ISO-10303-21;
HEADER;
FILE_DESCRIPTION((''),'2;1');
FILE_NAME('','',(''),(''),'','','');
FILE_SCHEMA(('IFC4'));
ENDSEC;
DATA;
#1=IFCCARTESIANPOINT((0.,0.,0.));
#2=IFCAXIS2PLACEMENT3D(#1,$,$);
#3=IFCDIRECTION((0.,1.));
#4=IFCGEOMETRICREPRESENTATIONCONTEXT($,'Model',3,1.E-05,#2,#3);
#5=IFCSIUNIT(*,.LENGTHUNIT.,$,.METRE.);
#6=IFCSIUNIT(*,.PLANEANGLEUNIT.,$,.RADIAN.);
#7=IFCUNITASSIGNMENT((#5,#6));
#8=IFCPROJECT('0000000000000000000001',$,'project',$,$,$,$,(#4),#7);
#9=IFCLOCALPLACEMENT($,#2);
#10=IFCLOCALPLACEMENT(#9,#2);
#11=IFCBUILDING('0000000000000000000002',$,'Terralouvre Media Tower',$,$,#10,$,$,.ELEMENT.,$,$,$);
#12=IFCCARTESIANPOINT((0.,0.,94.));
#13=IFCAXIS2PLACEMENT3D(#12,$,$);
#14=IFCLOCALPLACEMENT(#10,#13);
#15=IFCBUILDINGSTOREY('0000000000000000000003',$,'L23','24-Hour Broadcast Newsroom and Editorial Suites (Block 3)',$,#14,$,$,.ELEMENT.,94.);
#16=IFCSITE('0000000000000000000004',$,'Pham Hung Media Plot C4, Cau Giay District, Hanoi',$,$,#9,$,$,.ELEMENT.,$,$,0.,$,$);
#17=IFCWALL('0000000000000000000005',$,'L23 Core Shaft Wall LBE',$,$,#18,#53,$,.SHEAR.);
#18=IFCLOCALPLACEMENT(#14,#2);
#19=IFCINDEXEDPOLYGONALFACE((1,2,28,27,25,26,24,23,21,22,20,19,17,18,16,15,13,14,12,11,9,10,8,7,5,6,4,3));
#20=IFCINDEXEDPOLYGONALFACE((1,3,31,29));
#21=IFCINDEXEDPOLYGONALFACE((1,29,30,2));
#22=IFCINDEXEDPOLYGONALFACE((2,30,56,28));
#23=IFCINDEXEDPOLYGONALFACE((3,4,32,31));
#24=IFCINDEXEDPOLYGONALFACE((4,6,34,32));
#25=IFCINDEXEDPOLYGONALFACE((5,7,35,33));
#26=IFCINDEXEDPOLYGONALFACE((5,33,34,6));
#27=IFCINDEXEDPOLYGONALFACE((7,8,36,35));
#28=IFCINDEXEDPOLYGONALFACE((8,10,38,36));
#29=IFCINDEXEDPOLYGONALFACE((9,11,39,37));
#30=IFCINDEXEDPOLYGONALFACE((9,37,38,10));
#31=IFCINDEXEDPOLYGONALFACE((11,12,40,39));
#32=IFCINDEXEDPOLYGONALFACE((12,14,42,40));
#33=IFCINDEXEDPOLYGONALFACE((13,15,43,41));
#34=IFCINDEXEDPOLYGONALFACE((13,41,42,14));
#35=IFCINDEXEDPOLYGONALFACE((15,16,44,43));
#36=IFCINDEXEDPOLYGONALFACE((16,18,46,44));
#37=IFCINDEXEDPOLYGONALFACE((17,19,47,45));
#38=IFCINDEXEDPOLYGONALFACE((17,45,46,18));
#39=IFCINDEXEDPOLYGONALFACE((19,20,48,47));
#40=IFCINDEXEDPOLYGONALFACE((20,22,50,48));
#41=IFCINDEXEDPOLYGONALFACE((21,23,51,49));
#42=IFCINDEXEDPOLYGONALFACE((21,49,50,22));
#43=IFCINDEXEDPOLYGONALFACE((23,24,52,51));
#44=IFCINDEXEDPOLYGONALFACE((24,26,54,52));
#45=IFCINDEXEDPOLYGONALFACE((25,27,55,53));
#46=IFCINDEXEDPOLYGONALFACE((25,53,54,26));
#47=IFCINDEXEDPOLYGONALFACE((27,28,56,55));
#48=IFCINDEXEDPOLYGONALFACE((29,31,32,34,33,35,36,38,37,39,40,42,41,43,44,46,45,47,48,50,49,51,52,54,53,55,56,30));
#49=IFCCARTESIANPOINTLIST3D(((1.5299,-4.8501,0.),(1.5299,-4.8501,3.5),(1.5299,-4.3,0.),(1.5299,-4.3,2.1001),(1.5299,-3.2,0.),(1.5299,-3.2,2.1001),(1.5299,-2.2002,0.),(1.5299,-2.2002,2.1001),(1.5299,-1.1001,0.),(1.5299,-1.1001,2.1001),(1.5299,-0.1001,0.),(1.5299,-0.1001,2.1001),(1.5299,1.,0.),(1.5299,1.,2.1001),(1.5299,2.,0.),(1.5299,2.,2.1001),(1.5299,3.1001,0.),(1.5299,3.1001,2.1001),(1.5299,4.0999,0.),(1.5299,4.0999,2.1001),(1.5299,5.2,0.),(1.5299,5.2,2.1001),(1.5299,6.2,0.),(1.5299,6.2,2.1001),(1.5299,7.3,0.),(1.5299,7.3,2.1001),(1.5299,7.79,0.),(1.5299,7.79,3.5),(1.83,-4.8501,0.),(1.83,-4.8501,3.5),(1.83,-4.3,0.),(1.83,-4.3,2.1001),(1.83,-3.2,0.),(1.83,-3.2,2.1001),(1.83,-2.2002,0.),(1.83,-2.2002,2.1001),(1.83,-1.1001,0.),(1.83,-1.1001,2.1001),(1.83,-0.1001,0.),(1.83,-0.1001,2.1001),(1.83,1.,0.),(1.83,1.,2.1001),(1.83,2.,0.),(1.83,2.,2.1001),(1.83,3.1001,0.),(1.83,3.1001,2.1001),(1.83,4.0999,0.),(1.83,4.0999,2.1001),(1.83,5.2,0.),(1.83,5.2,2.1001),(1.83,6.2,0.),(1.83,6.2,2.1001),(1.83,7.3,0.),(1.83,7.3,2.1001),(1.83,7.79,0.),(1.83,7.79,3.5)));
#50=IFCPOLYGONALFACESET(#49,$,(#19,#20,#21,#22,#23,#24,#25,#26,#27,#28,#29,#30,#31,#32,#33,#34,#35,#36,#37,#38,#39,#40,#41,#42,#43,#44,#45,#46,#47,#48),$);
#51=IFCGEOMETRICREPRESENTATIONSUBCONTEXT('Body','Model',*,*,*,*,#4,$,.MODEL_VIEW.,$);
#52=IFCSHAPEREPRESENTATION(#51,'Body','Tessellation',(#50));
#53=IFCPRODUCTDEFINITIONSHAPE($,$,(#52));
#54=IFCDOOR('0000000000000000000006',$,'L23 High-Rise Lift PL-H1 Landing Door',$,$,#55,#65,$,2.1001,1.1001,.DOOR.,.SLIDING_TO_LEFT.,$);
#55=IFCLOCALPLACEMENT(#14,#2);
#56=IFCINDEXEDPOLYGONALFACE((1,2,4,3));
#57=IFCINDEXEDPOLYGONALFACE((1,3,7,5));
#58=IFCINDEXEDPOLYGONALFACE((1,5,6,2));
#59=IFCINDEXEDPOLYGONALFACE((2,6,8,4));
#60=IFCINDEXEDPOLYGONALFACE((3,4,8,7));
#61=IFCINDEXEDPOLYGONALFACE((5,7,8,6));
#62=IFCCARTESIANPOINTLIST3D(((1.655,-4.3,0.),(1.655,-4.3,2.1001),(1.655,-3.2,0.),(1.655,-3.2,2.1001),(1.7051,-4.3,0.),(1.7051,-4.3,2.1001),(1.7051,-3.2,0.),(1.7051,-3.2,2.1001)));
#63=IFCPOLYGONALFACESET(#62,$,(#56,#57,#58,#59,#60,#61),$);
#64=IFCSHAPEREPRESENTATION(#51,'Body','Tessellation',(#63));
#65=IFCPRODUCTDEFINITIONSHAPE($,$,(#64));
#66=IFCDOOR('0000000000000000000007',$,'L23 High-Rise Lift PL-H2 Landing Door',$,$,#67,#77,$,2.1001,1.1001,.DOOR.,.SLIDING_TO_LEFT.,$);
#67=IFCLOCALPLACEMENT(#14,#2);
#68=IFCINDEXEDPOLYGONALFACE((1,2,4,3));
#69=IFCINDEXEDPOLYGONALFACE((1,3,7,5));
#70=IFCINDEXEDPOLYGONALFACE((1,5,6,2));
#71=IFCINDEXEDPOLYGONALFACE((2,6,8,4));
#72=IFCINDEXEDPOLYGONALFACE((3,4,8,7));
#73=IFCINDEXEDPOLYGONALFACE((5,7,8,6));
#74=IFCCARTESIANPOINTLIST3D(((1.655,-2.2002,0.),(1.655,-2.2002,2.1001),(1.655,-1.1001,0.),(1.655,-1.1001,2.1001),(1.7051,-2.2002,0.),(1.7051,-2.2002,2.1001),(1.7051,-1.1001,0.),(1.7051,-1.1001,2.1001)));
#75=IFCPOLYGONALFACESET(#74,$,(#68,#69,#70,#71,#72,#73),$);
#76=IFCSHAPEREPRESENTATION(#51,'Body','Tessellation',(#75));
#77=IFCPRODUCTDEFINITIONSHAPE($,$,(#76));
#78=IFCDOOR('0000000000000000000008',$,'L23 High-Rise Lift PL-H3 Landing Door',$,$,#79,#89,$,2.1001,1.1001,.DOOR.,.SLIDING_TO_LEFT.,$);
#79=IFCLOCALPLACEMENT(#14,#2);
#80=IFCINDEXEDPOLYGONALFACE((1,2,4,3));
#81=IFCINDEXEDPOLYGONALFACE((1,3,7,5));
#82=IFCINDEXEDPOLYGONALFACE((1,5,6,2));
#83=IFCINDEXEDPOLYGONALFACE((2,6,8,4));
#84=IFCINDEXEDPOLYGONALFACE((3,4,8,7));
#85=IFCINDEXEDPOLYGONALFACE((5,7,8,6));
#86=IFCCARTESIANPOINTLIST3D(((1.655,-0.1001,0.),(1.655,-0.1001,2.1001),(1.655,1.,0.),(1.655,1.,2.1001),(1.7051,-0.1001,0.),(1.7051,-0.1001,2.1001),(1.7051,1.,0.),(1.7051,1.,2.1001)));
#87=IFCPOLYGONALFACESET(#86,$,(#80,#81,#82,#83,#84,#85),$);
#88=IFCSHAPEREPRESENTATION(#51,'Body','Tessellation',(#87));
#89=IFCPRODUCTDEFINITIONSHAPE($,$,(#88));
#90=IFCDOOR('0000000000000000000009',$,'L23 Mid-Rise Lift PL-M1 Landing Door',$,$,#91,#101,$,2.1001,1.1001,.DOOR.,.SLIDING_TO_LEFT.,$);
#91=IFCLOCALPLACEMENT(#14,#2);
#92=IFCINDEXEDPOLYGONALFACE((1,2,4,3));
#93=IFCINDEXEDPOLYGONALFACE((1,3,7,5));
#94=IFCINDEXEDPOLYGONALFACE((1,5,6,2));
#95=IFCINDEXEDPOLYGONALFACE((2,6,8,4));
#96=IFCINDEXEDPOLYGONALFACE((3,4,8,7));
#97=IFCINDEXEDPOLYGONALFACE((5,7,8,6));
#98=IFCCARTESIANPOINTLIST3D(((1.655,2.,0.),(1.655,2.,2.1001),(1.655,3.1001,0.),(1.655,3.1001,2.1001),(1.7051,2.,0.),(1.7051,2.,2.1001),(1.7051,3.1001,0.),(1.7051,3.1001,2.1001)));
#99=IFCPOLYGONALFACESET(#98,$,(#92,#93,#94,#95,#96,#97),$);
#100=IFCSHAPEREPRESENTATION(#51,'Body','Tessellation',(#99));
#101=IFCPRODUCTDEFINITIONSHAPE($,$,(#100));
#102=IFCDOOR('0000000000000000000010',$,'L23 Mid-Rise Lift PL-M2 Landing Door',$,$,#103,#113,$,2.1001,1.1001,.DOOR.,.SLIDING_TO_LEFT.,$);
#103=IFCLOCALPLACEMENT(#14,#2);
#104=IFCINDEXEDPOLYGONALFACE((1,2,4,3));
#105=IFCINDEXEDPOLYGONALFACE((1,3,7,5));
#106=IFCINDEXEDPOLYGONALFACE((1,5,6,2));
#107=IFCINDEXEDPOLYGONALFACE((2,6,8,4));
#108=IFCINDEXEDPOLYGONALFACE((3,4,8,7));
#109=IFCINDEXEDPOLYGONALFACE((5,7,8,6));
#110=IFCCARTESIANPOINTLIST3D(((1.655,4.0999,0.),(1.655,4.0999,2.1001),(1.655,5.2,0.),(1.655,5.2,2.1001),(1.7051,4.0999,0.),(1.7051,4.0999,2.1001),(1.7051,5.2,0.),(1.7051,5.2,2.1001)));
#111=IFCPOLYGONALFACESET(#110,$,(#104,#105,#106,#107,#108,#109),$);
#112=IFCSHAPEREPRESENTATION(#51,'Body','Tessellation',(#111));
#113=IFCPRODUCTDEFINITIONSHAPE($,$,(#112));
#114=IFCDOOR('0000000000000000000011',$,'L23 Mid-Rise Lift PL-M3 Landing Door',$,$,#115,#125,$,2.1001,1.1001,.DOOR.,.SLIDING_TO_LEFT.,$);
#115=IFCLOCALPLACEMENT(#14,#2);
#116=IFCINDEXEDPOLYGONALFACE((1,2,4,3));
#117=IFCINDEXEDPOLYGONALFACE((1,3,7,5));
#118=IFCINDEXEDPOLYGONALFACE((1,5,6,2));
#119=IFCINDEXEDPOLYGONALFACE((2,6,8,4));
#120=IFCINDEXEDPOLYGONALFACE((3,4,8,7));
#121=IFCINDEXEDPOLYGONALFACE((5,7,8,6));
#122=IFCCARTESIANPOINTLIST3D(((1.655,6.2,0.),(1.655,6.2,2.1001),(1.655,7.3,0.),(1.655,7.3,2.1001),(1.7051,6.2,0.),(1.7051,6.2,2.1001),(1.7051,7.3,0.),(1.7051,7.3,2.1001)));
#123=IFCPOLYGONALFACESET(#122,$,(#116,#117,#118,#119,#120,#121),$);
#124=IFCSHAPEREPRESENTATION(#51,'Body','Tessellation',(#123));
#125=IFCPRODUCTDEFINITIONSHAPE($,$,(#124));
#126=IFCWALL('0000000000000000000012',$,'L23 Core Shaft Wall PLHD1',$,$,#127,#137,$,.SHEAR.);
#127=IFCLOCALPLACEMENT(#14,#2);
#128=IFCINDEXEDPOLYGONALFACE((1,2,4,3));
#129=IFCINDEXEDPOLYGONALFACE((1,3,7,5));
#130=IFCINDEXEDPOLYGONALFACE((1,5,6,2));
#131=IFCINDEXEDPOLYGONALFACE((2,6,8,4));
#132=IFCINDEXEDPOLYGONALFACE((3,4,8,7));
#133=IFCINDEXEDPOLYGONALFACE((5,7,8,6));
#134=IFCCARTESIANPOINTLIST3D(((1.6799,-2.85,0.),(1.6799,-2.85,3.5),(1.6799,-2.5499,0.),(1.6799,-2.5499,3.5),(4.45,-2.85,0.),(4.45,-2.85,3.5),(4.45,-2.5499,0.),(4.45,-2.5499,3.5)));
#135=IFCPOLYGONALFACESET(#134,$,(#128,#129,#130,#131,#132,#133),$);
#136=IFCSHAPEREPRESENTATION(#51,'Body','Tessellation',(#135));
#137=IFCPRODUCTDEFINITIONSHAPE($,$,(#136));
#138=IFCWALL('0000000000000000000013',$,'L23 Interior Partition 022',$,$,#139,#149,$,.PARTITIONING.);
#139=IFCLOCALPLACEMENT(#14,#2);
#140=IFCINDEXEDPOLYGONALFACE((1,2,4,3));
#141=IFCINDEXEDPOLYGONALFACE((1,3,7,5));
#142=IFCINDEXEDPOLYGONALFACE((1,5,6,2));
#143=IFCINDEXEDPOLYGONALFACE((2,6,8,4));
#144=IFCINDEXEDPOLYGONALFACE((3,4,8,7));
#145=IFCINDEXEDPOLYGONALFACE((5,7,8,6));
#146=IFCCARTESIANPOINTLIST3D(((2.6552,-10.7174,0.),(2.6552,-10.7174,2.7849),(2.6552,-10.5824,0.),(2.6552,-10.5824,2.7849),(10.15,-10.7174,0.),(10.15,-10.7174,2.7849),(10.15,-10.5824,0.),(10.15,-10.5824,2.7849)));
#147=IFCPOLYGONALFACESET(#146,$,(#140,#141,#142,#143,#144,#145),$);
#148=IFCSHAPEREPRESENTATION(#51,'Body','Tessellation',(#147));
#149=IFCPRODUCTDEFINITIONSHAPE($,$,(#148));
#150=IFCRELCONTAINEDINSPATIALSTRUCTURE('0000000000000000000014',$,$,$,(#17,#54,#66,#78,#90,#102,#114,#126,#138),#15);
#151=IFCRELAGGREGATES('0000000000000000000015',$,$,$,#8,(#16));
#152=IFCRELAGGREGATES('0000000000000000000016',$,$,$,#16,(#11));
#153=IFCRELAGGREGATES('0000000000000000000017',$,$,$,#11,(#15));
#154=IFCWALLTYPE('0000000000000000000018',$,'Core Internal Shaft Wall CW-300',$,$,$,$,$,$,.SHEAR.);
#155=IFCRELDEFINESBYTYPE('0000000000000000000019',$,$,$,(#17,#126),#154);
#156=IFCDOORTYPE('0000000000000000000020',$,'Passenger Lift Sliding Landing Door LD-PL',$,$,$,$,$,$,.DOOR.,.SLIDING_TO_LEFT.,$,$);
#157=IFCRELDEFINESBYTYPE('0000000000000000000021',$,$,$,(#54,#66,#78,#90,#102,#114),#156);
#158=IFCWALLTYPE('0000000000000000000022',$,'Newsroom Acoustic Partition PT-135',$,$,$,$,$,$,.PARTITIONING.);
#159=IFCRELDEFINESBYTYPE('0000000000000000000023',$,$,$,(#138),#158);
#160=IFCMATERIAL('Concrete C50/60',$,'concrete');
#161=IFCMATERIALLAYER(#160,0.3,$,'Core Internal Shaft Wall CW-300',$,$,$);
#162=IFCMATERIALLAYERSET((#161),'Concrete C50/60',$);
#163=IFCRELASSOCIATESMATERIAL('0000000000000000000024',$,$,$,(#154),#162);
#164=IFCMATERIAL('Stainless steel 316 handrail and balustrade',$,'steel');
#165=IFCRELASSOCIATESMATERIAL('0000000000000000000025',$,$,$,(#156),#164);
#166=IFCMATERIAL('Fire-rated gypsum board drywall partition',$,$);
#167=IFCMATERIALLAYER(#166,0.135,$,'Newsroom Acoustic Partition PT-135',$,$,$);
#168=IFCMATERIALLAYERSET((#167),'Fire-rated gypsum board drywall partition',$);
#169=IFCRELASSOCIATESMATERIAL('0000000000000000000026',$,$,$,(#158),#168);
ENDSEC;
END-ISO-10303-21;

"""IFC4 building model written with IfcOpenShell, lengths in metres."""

from ifc_helpers import new_model, si_unit, direction, frame, frame_2d, origin, place, context, subcontext, project, spatial, rectangle, extrude, material, layer, layer_set, type_object, element, fill, save


model = new_model("IFC4")

# Units and contexts
model_context = context("Model", 3, precision=1e-05, world=origin(), true_north=direction((0.0, 1.0)))
body_context = subcontext(model_context, "Body", "Model", "MODEL_VIEW")
ifc_project = project(units=[si_unit("LENGTHUNIT", "METRE"), si_unit("PLANEANGLEUNIT", "RADIAN")], contexts=[model_context])

# Site, building, storey
site_placement = place(None, origin())
site = spatial("IfcSite", under=ifc_project, at=site_placement, Name="Pham Hung Media Plot C4, Cau Giay District, Hanoi", CompositionType="ELEMENT", RefElevation=0.0)
building_placement = place(site_placement, origin())
building = spatial("IfcBuilding", under=site, at=building_placement, Name="Terralouvre Media Tower", CompositionType="ELEMENT")
storey_placement = place(building_placement, frame((0.0, 0.0, 94.0)))
storey = spatial("IfcBuildingStorey", under=building, at=storey_placement, Name="L23", Description="24-Hour Broadcast Newsroom and Editorial Suites (Block 3)", CompositionType="ELEMENT", Elevation=94.0)

# Shared definitions
ifc_material_1 = material(Name="Concrete C50/60", Category="concrete")
ifc_layer_1 = layer(ifc_material_1, 0.3, Name="Core Internal Shaft Wall CW-300")
ifc_layer_set_1 = layer_set([ifc_layer_1], Name="Concrete C50/60")
wall_type_1 = type_object("IfcWallType", Name="Core Internal Shaft Wall CW-300", PredefinedType="SHEAR", material=ifc_layer_set_1)

# Wall, openings, doors
ifc_material_2 = material(Name="Stainless steel 316 handrail and balustrade", Category="steel")
door_type_1 = type_object("IfcDoorType", Name="Passenger Lift Sliding Landing Door LD-PL", OperationType="SLIDING_TO_LEFT", PredefinedType="DOOR", material=ifc_material_2)
wall_1_placement = place(storey_placement, frame((1.6799, -4.8501, 0.0), z_axis=(0.0, 0.0, 1.0), x_axis=(0.0, 1.0, 0.0)))
wall_1 = element("IfcWall", 1, at=wall_1_placement, inside=storey, type_object=wall_type_1, Name="L23 Core Shaft Wall LBE", PredefinedType="SHEAR", context=body_context, shape_type="SweptSolid", body=[
    extrude(rectangle(XDim=12.6401, YDim=0.3, at=frame_2d((6.3201, 0.0))), origin(), (0.0, 0.0, 1.0), 3.5),
])
opening_1_placement = place(wall_1_placement, frame((0.55, 0.0, 0.0)))
opening_1 = element("IfcOpeningElement", 2, at=opening_1_placement, cuts=wall_1, PredefinedType="OPENING", context=body_context, shape_type="SweptSolid", body=[
    extrude(rectangle(XDim=1.1001, YDim=2.1001, at=frame_2d((0.55, 1.05))), frame((0.0, 0.1599, 0.0), z_axis=(0.0, -1.0, 0.0), x_axis=(1.0, 0.0, 0.0)), (0.0, 0.0, 1.0), 0.3201),
])
opening_2_placement = place(wall_1_placement, frame((2.6499, 0.0, 0.0)))
opening_2 = element("IfcOpeningElement", 3, at=opening_2_placement, cuts=wall_1, PredefinedType="OPENING", context=body_context, shape_type="SweptSolid", body=[
    extrude(rectangle(XDim=1.1001, YDim=2.1001, at=frame_2d((0.55, 1.05))), frame((0.0, 0.1599, 0.0), z_axis=(0.0, -1.0, 0.0), x_axis=(1.0, 0.0, 0.0)), (0.0, 0.0, 1.0), 0.3201),
])
opening_3_placement = place(wall_1_placement, frame((4.75, 0.0, 0.0)))
opening_3 = element("IfcOpeningElement", 4, at=opening_3_placement, cuts=wall_1, PredefinedType="OPENING", context=body_context, shape_type="SweptSolid", body=[
    extrude(rectangle(XDim=1.1001, YDim=2.1001, at=frame_2d((0.55, 1.05))), frame((0.0, 0.1599, 0.0), z_axis=(0.0, -1.0, 0.0), x_axis=(1.0, 0.0, 0.0)), (0.0, 0.0, 1.0), 0.3201),
])
opening_4_placement = place(wall_1_placement, frame((6.8501, 0.0, 0.0)))
opening_4 = element("IfcOpeningElement", 5, at=opening_4_placement, cuts=wall_1, PredefinedType="OPENING", context=body_context, shape_type="SweptSolid", body=[
    extrude(rectangle(XDim=1.1001, YDim=2.1001, at=frame_2d((0.55, 1.05))), frame((0.0, 0.1599, 0.0), z_axis=(0.0, -1.0, 0.0), x_axis=(1.0, 0.0, 0.0)), (0.0, 0.0, 1.0), 0.3201),
])
opening_5_placement = place(wall_1_placement, frame((8.95, 0.0, 0.0)))
opening_5 = element("IfcOpeningElement", 6, at=opening_5_placement, cuts=wall_1, PredefinedType="OPENING", context=body_context, shape_type="SweptSolid", body=[
    extrude(rectangle(XDim=1.1001, YDim=2.1001, at=frame_2d((0.55, 1.05))), frame((0.0, 0.1599, 0.0), z_axis=(0.0, -1.0, 0.0), x_axis=(1.0, 0.0, 0.0)), (0.0, 0.0, 1.0), 0.3201),
])
opening_6_placement = place(wall_1_placement, frame((11.05, 0.0, 0.0)))
opening_6 = element("IfcOpeningElement", 7, at=opening_6_placement, cuts=wall_1, PredefinedType="OPENING", context=body_context, shape_type="SweptSolid", body=[
    extrude(rectangle(XDim=1.1001, YDim=2.1001, at=frame_2d((0.55, 1.05))), frame((0.0, 0.1599, 0.0), z_axis=(0.0, -1.0, 0.0), x_axis=(1.0, 0.0, 0.0)), (0.0, 0.0, 1.0), 0.3201),
])
door_1_placement = place(opening_1_placement, origin())
door_1 = element("IfcDoor", 8, at=door_1_placement, inside=storey, type_object=door_type_1, Name="L23 High-Rise Lift PL-H1 Landing Door", OperationType="SLIDING_TO_LEFT", OverallHeight=2.1001, OverallWidth=1.1001, PredefinedType="DOOR", context=body_context, shape_type="SweptSolid", body=[
    extrude(rectangle(XDim=1.1001, YDim=2.1001, at=frame_2d((0.55, 1.05))), frame((0.0, 0.0249, 0.0), z_axis=(0.0, -1.0, 0.0), x_axis=(1.0, 0.0, 0.0)), (0.0, 0.0, 1.0), 0.05),
])
fill(opening_1, door_1)
door_2_placement = place(opening_2_placement, origin())
door_2 = element("IfcDoor", 9, at=door_2_placement, inside=storey, type_object=door_type_1, Name="L23 High-Rise Lift PL-H2 Landing Door", OperationType="SLIDING_TO_LEFT", OverallHeight=2.1001, OverallWidth=1.1001, PredefinedType="DOOR", context=body_context, shape_type="SweptSolid", body=[
    extrude(rectangle(XDim=1.1001, YDim=2.1001, at=frame_2d((0.55, 1.05))), frame((0.0, 0.0249, 0.0), z_axis=(0.0, -1.0, 0.0), x_axis=(1.0, 0.0, 0.0)), (0.0, 0.0, 1.0), 0.05),
])
fill(opening_2, door_2)
door_3_placement = place(opening_3_placement, origin())
door_3 = element("IfcDoor", 10, at=door_3_placement, inside=storey, type_object=door_type_1, Name="L23 High-Rise Lift PL-H3 Landing Door", OperationType="SLIDING_TO_LEFT", OverallHeight=2.1001, OverallWidth=1.1001, PredefinedType="DOOR", context=body_context, shape_type="SweptSolid", body=[
    extrude(rectangle(XDim=1.1001, YDim=2.1001, at=frame_2d((0.55, 1.05))), frame((0.0, 0.0249, 0.0), z_axis=(0.0, -1.0, 0.0), x_axis=(1.0, 0.0, 0.0)), (0.0, 0.0, 1.0), 0.05),
])
fill(opening_3, door_3)
door_4_placement = place(opening_4_placement, origin())
door_4 = element("IfcDoor", 11, at=door_4_placement, inside=storey, type_object=door_type_1, Name="L23 Mid-Rise Lift PL-M1 Landing Door", OperationType="SLIDING_TO_LEFT", OverallHeight=2.1001, OverallWidth=1.1001, PredefinedType="DOOR", context=body_context, shape_type="SweptSolid", body=[
    extrude(rectangle(XDim=1.1001, YDim=2.1001, at=frame_2d((0.55, 1.05))), frame((0.0, 0.0249, 0.0), z_axis=(0.0, -1.0, 0.0), x_axis=(1.0, 0.0, 0.0)), (0.0, 0.0, 1.0), 0.05),
])
fill(opening_4, door_4)
door_5_placement = place(opening_5_placement, origin())
door_5 = element("IfcDoor", 12, at=door_5_placement, inside=storey, type_object=door_type_1, Name="L23 Mid-Rise Lift PL-M2 Landing Door", OperationType="SLIDING_TO_LEFT", OverallHeight=2.1001, OverallWidth=1.1001, PredefinedType="DOOR", context=body_context, shape_type="SweptSolid", body=[
    extrude(rectangle(XDim=1.1001, YDim=2.1001, at=frame_2d((0.55, 1.05))), frame((0.0, 0.0249, 0.0), z_axis=(0.0, -1.0, 0.0), x_axis=(1.0, 0.0, 0.0)), (0.0, 0.0, 1.0), 0.05),
])
fill(opening_5, door_5)
door_6_placement = place(opening_6_placement, origin())
door_6 = element("IfcDoor", 13, at=door_6_placement, inside=storey, type_object=door_type_1, Name="L23 Mid-Rise Lift PL-M3 Landing Door", OperationType="SLIDING_TO_LEFT", OverallHeight=2.1001, OverallWidth=1.1001, PredefinedType="DOOR", context=body_context, shape_type="SweptSolid", body=[
    extrude(rectangle(XDim=1.1001, YDim=2.1001, at=frame_2d((0.55, 1.05))), frame((0.0, 0.0249, 0.0), z_axis=(0.0, -1.0, 0.0), x_axis=(1.0, 0.0, 0.0)), (0.0, 0.0, 1.0), 0.05),
])
fill(opening_6, door_6)

# Walls
wall_2_placement = place(storey_placement, frame((1.6799, -2.7, 0.0), z_axis=(0.0, 0.0, 1.0), x_axis=(1.0, 0.0, 0.0)))
element("IfcWall", 14, at=wall_2_placement, inside=storey, type_object=wall_type_1, Name="L23 Core Shaft Wall PLHD1", PredefinedType="SHEAR", context=body_context, shape_type="SweptSolid", body=[
    extrude(rectangle(XDim=2.77, YDim=0.3, at=frame_2d((1.385, 0.0))), origin(), (0.0, 0.0, 1.0), 3.5),
])
ifc_material_3 = material(Name="Fire-rated gypsum board drywall partition")
ifc_layer_2 = layer(ifc_material_3, 0.135, Name="Newsroom Acoustic Partition PT-135")
ifc_layer_set_2 = layer_set([ifc_layer_2], Name="Fire-rated gypsum board drywall partition")
wall_type_2 = type_object("IfcWallType", Name="Newsroom Acoustic Partition PT-135", PredefinedType="PARTITIONING", material=ifc_layer_set_2)
wall_3_placement = place(storey_placement, frame((2.655, -10.6499, 0.0), z_axis=(0.0, 0.0, 1.0), x_axis=(1.0, 0.0, 0.0)))
element("IfcWall", 15, at=wall_3_placement, inside=storey, type_object=wall_type_2, Name="L23 Interior Partition 022", PredefinedType="PARTITIONING", context=body_context, shape_type="SweptSolid", body=[
    extrude(rectangle(XDim=7.4949, YDim=0.135, at=frame_2d((3.7476, 0.0))), origin(), (0.0, 0.0, 1.0), 2.7849),
])

save(model, "model.ifc")
